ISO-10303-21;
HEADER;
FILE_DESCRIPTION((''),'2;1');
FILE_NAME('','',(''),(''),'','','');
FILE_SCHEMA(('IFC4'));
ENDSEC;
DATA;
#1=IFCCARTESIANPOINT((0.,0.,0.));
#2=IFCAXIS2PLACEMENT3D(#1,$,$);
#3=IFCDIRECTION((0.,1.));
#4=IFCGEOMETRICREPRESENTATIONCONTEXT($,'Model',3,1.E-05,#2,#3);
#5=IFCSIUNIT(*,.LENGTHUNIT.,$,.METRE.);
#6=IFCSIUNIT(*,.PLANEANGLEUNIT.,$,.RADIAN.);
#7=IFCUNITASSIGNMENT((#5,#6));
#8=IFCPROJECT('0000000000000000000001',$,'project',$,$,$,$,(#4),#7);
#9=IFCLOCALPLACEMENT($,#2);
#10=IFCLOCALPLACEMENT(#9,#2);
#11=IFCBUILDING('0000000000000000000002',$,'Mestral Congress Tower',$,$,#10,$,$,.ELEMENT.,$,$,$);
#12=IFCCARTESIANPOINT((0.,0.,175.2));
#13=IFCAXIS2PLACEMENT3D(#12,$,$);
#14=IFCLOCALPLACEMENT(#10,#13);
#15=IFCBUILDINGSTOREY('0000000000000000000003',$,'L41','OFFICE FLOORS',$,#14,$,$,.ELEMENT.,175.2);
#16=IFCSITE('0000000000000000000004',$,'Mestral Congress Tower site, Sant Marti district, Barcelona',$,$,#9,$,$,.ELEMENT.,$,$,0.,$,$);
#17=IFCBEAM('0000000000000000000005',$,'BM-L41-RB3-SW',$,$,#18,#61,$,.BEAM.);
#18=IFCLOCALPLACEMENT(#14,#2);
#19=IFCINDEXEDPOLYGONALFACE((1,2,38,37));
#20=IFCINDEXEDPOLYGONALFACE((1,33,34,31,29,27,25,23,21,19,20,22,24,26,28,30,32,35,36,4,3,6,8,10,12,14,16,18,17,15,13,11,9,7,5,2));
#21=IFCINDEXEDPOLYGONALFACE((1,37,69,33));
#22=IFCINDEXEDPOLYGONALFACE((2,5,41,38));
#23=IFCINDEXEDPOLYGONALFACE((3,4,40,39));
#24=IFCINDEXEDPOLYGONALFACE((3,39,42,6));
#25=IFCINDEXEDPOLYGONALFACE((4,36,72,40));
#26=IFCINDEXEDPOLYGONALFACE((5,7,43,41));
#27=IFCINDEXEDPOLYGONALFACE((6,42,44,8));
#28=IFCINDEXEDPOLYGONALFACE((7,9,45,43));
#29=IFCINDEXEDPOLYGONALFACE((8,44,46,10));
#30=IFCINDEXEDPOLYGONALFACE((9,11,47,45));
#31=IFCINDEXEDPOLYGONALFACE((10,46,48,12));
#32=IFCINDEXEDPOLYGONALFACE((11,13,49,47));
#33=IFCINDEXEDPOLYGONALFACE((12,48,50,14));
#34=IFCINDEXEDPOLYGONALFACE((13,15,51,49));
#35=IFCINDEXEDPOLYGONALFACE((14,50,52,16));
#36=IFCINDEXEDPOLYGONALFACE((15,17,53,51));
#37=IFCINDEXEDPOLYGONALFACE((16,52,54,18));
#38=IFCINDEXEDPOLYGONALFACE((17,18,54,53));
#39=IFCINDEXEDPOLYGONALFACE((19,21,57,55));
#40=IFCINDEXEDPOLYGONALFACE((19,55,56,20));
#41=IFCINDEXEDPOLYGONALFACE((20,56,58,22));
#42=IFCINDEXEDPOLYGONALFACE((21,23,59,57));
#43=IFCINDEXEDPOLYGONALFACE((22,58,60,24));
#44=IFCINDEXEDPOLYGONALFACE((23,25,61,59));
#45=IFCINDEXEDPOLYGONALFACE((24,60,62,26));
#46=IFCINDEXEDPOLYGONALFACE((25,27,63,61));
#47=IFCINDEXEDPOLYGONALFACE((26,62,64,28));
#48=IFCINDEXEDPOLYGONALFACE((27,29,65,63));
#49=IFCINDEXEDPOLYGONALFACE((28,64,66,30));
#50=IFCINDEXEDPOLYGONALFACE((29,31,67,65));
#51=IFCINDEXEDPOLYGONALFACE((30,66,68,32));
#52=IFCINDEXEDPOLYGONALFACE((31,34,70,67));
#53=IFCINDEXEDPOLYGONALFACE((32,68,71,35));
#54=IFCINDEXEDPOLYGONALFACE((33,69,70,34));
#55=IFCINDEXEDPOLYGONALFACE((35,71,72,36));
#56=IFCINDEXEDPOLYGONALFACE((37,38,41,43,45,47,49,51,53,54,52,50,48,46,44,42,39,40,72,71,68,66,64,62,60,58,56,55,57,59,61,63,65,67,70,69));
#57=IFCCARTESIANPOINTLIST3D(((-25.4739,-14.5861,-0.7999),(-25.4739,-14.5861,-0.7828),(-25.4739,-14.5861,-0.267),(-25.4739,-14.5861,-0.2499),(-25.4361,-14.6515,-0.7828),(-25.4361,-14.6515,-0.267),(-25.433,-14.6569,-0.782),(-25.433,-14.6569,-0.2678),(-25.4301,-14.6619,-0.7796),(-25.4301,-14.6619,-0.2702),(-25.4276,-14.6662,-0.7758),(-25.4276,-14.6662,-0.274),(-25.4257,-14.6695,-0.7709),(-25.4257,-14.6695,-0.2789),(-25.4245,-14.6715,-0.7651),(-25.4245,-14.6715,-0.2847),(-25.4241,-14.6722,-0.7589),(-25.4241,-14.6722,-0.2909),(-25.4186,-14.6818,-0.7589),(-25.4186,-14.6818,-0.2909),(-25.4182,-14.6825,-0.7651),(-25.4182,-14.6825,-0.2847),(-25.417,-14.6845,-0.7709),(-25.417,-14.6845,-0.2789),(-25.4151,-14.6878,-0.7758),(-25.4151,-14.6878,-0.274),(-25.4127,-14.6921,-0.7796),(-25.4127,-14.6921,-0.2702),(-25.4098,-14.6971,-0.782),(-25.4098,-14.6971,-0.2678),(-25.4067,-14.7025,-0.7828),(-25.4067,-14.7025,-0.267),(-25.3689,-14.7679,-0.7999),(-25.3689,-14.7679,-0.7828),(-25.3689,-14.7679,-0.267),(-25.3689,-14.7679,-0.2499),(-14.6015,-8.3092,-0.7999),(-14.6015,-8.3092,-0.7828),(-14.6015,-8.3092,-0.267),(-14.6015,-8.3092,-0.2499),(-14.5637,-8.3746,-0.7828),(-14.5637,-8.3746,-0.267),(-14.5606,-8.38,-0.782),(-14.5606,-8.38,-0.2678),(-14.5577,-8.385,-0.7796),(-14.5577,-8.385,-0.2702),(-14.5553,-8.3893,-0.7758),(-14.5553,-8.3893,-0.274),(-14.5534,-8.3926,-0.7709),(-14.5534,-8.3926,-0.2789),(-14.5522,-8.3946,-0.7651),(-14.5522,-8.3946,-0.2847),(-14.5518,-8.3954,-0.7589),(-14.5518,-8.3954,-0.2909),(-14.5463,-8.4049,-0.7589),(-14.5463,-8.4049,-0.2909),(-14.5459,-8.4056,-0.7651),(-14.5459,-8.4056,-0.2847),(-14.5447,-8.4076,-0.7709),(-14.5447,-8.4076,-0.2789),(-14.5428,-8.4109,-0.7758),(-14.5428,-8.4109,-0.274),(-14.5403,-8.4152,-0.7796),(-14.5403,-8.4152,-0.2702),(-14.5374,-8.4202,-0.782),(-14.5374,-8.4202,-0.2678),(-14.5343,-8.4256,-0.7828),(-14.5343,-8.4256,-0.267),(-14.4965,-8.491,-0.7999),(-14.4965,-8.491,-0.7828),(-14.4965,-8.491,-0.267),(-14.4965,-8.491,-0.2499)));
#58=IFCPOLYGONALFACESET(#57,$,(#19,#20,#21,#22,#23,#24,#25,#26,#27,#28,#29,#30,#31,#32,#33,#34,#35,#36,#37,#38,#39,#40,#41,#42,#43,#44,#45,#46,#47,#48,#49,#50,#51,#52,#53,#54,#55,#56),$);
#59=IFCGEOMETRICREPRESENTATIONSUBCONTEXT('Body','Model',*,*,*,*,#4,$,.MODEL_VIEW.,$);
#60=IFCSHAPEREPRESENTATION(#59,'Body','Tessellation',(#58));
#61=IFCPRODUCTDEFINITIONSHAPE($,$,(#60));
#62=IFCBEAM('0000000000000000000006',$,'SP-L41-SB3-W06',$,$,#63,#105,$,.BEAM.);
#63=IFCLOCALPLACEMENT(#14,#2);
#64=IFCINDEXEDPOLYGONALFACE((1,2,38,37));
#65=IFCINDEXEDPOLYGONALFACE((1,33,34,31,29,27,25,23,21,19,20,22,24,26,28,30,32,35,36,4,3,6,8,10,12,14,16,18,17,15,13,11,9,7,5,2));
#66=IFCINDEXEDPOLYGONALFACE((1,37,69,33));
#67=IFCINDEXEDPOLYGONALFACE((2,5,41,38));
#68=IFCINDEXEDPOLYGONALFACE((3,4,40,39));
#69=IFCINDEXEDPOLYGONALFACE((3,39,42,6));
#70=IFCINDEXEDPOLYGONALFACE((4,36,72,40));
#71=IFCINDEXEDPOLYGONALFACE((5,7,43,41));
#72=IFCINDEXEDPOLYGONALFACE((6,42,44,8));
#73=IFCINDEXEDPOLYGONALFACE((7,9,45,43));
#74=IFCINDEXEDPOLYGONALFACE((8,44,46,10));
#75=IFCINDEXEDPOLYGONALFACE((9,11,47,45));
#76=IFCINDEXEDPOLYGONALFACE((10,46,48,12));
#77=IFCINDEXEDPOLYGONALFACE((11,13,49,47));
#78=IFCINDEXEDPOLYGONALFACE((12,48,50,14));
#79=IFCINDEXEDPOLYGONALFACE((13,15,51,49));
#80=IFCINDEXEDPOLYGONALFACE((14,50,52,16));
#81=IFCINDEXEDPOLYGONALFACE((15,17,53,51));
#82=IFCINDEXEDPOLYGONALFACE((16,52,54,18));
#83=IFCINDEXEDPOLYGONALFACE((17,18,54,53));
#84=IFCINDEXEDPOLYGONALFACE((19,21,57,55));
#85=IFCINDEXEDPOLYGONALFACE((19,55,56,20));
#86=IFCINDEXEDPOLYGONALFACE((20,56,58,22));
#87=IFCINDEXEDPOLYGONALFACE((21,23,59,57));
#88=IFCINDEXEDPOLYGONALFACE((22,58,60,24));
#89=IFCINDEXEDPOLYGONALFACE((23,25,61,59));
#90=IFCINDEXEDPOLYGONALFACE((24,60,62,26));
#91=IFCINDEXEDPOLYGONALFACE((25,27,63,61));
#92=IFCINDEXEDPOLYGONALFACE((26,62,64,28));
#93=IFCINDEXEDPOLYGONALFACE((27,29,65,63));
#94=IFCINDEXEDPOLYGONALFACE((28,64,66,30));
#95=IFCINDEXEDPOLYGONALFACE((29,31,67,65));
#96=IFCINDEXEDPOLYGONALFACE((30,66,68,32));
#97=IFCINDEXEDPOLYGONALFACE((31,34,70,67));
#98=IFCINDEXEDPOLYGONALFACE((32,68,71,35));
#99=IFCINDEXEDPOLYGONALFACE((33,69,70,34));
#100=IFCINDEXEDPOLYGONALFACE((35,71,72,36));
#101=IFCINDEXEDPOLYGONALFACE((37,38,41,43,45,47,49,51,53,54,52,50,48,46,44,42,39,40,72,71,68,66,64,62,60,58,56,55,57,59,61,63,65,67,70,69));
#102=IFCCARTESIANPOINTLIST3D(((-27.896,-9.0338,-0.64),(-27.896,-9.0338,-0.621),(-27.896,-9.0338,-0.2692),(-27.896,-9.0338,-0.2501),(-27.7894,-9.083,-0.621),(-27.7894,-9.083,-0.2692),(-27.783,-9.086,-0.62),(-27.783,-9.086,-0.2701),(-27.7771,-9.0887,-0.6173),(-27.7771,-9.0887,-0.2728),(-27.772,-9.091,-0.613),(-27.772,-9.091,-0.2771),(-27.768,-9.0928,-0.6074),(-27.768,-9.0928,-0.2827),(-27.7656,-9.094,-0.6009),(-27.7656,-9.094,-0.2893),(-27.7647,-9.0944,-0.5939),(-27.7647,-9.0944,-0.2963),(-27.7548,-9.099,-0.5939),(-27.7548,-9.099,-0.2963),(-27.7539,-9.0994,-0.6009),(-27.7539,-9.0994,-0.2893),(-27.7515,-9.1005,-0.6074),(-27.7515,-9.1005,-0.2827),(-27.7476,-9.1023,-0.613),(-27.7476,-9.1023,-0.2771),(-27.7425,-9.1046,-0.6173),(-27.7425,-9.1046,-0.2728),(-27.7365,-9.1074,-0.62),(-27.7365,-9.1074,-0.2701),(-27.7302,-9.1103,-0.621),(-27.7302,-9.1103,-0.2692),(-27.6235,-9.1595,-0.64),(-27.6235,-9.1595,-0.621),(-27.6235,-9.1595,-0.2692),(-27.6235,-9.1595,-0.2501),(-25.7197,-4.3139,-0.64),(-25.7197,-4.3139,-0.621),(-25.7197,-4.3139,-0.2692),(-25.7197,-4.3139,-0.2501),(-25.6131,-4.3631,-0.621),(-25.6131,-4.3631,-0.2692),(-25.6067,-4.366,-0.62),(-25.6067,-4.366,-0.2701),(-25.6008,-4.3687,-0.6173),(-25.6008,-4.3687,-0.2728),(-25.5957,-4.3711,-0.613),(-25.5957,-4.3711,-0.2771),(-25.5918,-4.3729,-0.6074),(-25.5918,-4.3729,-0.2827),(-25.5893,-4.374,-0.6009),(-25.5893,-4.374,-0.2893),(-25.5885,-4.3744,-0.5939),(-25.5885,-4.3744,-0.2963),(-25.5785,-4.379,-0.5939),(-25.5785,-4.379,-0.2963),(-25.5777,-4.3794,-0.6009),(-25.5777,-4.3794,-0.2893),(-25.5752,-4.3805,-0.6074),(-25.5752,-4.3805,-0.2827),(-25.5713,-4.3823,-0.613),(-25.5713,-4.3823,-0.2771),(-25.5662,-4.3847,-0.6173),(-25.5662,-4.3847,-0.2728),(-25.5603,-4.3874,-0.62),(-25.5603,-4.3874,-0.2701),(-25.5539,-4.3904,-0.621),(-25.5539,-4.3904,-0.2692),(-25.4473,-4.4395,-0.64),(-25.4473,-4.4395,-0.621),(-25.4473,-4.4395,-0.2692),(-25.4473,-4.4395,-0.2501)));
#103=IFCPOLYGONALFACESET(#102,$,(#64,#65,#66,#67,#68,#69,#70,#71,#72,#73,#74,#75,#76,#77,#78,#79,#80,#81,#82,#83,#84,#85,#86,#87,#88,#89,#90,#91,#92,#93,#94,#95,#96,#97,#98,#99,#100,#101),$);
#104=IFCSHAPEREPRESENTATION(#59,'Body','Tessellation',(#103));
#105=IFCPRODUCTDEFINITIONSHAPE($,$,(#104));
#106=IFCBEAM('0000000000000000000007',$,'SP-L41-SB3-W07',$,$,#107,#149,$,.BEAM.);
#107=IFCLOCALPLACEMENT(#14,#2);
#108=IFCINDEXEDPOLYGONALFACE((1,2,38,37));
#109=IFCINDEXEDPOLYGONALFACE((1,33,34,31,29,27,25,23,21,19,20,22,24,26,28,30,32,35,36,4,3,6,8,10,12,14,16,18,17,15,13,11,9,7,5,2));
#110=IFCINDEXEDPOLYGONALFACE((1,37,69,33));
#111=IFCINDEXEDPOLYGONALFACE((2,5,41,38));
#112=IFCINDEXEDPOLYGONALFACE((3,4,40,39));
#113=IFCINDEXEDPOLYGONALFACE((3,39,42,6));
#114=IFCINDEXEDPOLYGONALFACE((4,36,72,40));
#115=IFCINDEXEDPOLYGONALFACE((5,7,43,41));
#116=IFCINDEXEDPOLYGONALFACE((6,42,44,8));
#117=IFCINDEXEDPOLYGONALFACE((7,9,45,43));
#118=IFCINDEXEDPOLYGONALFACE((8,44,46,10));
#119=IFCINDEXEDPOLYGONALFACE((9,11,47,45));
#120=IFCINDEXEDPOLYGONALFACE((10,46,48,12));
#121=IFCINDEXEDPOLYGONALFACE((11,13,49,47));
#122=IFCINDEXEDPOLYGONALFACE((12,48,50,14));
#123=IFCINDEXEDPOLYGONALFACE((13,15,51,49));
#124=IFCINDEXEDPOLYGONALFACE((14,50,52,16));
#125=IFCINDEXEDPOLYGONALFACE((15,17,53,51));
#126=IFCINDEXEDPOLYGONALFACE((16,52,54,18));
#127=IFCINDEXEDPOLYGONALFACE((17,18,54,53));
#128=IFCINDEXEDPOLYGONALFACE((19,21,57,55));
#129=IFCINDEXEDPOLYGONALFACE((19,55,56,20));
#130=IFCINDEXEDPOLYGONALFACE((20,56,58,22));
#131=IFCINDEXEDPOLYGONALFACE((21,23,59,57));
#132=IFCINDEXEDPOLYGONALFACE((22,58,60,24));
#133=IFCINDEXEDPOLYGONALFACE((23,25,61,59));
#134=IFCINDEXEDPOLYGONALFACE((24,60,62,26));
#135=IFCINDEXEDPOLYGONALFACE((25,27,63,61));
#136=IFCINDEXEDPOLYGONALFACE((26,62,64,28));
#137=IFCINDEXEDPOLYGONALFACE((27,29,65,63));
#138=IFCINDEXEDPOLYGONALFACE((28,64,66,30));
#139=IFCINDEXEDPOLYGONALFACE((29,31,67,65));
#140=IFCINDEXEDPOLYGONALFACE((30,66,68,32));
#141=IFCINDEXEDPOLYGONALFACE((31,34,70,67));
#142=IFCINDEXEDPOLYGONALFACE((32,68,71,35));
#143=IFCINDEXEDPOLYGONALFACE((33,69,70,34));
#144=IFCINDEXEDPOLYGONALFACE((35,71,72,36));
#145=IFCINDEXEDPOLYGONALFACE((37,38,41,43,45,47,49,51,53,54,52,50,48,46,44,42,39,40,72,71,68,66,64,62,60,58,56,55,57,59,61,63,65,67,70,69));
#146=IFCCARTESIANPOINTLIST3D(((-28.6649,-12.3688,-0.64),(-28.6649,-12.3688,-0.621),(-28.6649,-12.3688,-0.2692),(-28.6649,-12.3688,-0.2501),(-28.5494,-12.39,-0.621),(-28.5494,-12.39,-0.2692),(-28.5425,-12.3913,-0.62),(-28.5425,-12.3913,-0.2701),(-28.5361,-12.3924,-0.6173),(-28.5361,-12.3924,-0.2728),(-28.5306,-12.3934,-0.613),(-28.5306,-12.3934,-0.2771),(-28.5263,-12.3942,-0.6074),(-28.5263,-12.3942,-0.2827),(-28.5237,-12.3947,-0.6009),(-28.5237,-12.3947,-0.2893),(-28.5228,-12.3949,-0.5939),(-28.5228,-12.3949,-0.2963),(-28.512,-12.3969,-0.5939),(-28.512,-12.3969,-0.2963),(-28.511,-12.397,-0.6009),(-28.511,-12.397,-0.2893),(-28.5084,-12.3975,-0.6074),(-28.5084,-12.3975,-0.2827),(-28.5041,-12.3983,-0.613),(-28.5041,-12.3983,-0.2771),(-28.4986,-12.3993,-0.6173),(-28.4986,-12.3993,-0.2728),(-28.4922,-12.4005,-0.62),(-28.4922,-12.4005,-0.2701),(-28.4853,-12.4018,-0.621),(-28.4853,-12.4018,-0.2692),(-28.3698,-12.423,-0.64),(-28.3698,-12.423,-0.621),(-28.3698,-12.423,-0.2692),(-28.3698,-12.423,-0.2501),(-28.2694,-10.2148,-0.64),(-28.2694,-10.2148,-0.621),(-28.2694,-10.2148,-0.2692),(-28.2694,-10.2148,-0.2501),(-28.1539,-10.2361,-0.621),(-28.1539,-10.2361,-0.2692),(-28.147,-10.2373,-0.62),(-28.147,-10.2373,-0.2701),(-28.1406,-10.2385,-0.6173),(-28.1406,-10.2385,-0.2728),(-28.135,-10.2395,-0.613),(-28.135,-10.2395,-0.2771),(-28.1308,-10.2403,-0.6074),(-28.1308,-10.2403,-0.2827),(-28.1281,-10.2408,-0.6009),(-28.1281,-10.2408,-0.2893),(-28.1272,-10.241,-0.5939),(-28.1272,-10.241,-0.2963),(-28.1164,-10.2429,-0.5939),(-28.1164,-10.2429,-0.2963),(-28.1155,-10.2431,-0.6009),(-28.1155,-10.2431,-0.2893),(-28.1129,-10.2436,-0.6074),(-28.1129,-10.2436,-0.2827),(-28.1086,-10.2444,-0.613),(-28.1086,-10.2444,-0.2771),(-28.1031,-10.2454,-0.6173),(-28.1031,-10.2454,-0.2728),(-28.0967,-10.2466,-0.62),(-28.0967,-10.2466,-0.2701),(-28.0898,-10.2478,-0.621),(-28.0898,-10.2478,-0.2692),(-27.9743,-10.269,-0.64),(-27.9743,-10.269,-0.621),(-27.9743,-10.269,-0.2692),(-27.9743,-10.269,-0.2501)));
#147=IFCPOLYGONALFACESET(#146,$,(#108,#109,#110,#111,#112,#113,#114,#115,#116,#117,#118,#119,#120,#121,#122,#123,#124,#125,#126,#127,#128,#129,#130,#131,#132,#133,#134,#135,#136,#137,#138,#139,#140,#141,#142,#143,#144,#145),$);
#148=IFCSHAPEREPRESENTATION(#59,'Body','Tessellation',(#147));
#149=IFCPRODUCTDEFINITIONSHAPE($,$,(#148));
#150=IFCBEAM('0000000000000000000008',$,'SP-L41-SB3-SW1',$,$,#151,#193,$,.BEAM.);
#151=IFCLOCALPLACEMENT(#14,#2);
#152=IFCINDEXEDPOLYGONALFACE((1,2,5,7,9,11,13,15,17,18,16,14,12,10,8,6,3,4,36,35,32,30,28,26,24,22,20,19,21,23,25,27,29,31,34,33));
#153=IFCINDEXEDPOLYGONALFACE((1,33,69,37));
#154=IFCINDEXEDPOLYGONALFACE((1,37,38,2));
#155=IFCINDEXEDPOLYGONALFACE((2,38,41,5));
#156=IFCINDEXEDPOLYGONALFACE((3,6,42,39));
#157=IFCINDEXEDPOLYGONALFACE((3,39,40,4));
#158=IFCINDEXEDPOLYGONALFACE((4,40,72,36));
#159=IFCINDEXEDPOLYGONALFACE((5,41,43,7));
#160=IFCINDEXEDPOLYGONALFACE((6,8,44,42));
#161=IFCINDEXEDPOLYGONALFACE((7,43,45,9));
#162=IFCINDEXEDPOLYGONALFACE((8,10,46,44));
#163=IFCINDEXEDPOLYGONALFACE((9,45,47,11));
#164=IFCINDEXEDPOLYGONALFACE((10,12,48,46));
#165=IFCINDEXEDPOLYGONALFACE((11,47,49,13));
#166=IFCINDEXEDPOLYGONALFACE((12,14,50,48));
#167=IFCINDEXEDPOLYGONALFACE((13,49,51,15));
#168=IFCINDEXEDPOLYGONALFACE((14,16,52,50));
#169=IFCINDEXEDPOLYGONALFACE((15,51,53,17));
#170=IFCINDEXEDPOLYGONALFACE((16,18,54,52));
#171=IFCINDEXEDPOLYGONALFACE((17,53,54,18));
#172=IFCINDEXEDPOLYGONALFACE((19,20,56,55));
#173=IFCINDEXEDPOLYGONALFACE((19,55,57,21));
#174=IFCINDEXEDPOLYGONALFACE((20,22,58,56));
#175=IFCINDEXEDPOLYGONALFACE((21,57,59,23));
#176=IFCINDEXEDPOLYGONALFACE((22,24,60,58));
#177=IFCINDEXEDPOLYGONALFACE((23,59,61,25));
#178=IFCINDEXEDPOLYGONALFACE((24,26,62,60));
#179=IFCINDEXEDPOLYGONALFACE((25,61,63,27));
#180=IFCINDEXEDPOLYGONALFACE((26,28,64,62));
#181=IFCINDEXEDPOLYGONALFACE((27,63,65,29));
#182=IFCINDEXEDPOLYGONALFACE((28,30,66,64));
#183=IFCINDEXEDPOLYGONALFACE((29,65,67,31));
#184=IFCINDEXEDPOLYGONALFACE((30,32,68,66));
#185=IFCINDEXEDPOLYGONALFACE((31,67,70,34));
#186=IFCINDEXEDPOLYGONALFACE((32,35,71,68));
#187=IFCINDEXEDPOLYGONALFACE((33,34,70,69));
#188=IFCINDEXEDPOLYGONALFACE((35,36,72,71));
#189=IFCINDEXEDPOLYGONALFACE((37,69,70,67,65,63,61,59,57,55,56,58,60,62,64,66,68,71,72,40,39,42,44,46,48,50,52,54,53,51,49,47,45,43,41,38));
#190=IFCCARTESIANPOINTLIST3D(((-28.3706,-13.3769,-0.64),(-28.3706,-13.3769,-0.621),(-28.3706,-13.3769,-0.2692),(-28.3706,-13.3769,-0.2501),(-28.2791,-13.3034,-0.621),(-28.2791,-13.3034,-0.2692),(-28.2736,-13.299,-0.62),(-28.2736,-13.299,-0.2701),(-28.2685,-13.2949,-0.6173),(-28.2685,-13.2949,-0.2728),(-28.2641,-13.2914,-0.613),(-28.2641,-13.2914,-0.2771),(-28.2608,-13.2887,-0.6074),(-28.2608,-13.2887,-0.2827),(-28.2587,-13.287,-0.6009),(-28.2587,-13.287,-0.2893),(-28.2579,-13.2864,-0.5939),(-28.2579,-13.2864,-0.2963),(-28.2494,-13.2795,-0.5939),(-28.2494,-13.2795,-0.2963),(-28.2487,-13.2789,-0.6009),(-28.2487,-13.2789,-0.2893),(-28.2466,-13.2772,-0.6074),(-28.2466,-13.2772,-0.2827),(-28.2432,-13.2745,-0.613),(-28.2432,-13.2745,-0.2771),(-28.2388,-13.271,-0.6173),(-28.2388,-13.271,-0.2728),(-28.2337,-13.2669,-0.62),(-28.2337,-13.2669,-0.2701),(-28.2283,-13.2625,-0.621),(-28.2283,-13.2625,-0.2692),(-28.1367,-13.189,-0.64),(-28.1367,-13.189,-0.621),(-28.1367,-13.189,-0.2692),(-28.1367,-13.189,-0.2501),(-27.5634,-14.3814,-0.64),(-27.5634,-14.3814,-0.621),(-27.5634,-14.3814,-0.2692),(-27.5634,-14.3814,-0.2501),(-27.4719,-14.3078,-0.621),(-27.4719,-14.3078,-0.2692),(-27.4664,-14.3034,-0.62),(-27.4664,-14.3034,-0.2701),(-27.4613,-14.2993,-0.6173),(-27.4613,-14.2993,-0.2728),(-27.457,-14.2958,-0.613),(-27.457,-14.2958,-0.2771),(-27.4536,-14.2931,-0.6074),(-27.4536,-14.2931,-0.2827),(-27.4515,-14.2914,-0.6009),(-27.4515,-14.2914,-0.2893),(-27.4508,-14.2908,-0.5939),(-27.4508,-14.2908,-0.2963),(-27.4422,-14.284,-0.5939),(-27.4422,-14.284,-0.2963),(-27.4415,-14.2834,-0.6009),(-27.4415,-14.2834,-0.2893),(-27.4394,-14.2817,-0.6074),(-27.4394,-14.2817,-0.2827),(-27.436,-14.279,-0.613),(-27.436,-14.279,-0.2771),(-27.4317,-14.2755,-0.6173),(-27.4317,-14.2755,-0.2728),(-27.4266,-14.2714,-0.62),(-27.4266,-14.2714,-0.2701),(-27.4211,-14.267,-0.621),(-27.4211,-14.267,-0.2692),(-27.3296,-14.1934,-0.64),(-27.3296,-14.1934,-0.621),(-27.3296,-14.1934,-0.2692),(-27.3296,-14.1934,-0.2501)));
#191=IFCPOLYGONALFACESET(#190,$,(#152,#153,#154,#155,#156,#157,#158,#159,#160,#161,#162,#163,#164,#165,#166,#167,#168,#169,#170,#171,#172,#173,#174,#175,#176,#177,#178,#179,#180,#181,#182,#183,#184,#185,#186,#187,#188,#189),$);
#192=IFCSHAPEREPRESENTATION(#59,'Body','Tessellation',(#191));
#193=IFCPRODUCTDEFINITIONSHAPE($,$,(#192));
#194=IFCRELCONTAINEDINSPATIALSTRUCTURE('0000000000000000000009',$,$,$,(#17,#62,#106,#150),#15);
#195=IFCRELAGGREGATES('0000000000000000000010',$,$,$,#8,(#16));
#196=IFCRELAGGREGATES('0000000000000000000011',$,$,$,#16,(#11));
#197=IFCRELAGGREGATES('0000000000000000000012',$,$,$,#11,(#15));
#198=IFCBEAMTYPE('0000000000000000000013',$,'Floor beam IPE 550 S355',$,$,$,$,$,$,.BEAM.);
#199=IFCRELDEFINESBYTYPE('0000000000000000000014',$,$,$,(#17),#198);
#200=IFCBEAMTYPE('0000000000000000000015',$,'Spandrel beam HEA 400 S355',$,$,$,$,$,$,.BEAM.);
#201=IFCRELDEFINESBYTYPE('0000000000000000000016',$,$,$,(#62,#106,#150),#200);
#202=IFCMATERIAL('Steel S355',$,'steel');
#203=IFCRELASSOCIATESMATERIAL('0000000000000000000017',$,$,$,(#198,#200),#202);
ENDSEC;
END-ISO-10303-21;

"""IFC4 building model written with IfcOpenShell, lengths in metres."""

from ifc_helpers import new_model, si_unit, direction, frame, origin, origin_2d, place, context, subcontext, project, spatial, i_section, extrude, material, material_profile, profile_set, type_object, element, save


model = new_model("IFC4")

# Units and contexts
model_context = context("Model", 3, precision=1e-05, world=origin(), true_north=direction((0.0, 1.0)))
body_context = subcontext(model_context, "Body", "Model", "MODEL_VIEW")
ifc_project = project(units=[si_unit("LENGTHUNIT", "METRE"), si_unit("PLANEANGLEUNIT", "RADIAN")], contexts=[model_context])

# Site, building, storey
site_placement = place(None, origin())
site = spatial("IfcSite", under=ifc_project, at=site_placement, Name="Mestral Congress Tower site, Sant Marti district, Barcelona", CompositionType="ELEMENT", RefElevation=0.0)
building_placement = place(site_placement, origin())
building = spatial("IfcBuilding", under=site, at=building_placement, Name="Mestral Congress Tower", CompositionType="ELEMENT")
storey_placement = place(building_placement, frame((0.0, 0.0, 175.2)))
storey = spatial("IfcBuildingStorey", under=building, at=storey_placement, Name="L41", Description="OFFICE FLOORS", CompositionType="ELEMENT", Elevation=175.2)

# Beams
ifc_material_1 = material(Name="Steel S355", Category="steel")
ifc_material_profile_1 = material_profile(ifc_material_1, i_section(OverallWidth=0.21, OverallDepth=0.55, WebThickness=0.011, FlangeThickness=0.0171, FilletRadius=0.0239, at=origin_2d()), Name="IPE 550")
ifc_profile_set_1 = profile_set([ifc_material_profile_1], Name="Steel S355")
beam_type_1 = type_object("IfcBeamType", Name="Floor beam IPE 550 S355", PredefinedType="BEAM", material=ifc_profile_set_1)
beam_1_placement = place(storey_placement, frame((-25.4214, -14.677, -0.5249), z_axis=(0.866035, 0.499983, 0.0), x_axis=(-0.499983, 0.866035, 0.0)))
element("IfcBeam", 1, at=beam_1_placement, inside=storey, type_object=beam_type_1, Name="BM-L41-RB3-SW", PredefinedType="BEAM", context=body_context, shape_type="SweptSolid", body=[
    extrude(i_section(OverallWidth=0.21, OverallDepth=0.55, WebThickness=0.011, FlangeThickness=0.0171, FilletRadius=0.0239, at=origin_2d()), origin(), (0.0, 0.0, 1.0), 12.5542),
])
ifc_material_profile_2 = material_profile(ifc_material_1, i_section(OverallWidth=0.3, OverallDepth=0.3899, WebThickness=0.011, FlangeThickness=0.019, FilletRadius=0.0271, at=origin_2d()), Name="HEA 400")
ifc_profile_set_2 = profile_set([ifc_material_profile_2], Name="Steel S355")
beam_type_2 = type_object("IfcBeamType", Name="Spandrel beam HEA 400 S355", PredefinedType="BEAM", material=ifc_profile_set_2)
beam_2_placement = place(storey_placement, frame((-25.5835, -4.3767, -0.4451), z_axis=(-0.418713, -0.908119, 0.0), x_axis=(0.908119, -0.418713, 0.0)))
element("IfcBeam", 2, at=beam_2_placement, inside=storey, type_object=beam_type_2, Name="SP-L41-SB3-W06", PredefinedType="BEAM", context=body_context, shape_type="SweptSolid", body=[
    extrude(i_section(OverallWidth=0.3, OverallDepth=0.3899, WebThickness=0.011, FlangeThickness=0.019, FilletRadius=0.0271, at=origin_2d()), origin(), (0.0, 0.0, 1.0), 5.1975),
])
beam_3_placement = place(storey_placement, frame((-28.1218, -10.2419, -0.4451), z_axis=(-0.180612, -0.983554, 0.0), x_axis=(0.983554, -0.180612, 0.0)))
element("IfcBeam", 3, at=beam_3_placement, inside=storey, type_object=beam_type_2, Name="SP-L41-SB3-W07", PredefinedType="BEAM", context=body_context, shape_type="SweptSolid", body=[
    extrude(i_section(OverallWidth=0.3, OverallDepth=0.3899, WebThickness=0.011, FlangeThickness=0.019, FilletRadius=0.0271, at=origin_2d()), origin(), (0.0, 0.0, 1.0), 2.1899),
])
beam_4_placement = place(storey_placement, frame((-28.2537, -13.283, -0.4451), z_axis=(0.626403, -0.779499, 0.0), x_axis=(0.779499, 0.626403, 0.0)))
element("IfcBeam", 4, at=beam_4_placement, inside=storey, type_object=beam_type_2, Name="SP-L41-SB3-SW1", PredefinedType="BEAM", context=body_context, shape_type="SweptSolid", body=[
    extrude(i_section(OverallWidth=0.3, OverallDepth=0.3899, WebThickness=0.011, FlangeThickness=0.019, FilletRadius=0.0271, at=origin_2d()), origin(), (0.0, 0.0, 1.0), 1.2886),
])

save(model, "model.ifc")
